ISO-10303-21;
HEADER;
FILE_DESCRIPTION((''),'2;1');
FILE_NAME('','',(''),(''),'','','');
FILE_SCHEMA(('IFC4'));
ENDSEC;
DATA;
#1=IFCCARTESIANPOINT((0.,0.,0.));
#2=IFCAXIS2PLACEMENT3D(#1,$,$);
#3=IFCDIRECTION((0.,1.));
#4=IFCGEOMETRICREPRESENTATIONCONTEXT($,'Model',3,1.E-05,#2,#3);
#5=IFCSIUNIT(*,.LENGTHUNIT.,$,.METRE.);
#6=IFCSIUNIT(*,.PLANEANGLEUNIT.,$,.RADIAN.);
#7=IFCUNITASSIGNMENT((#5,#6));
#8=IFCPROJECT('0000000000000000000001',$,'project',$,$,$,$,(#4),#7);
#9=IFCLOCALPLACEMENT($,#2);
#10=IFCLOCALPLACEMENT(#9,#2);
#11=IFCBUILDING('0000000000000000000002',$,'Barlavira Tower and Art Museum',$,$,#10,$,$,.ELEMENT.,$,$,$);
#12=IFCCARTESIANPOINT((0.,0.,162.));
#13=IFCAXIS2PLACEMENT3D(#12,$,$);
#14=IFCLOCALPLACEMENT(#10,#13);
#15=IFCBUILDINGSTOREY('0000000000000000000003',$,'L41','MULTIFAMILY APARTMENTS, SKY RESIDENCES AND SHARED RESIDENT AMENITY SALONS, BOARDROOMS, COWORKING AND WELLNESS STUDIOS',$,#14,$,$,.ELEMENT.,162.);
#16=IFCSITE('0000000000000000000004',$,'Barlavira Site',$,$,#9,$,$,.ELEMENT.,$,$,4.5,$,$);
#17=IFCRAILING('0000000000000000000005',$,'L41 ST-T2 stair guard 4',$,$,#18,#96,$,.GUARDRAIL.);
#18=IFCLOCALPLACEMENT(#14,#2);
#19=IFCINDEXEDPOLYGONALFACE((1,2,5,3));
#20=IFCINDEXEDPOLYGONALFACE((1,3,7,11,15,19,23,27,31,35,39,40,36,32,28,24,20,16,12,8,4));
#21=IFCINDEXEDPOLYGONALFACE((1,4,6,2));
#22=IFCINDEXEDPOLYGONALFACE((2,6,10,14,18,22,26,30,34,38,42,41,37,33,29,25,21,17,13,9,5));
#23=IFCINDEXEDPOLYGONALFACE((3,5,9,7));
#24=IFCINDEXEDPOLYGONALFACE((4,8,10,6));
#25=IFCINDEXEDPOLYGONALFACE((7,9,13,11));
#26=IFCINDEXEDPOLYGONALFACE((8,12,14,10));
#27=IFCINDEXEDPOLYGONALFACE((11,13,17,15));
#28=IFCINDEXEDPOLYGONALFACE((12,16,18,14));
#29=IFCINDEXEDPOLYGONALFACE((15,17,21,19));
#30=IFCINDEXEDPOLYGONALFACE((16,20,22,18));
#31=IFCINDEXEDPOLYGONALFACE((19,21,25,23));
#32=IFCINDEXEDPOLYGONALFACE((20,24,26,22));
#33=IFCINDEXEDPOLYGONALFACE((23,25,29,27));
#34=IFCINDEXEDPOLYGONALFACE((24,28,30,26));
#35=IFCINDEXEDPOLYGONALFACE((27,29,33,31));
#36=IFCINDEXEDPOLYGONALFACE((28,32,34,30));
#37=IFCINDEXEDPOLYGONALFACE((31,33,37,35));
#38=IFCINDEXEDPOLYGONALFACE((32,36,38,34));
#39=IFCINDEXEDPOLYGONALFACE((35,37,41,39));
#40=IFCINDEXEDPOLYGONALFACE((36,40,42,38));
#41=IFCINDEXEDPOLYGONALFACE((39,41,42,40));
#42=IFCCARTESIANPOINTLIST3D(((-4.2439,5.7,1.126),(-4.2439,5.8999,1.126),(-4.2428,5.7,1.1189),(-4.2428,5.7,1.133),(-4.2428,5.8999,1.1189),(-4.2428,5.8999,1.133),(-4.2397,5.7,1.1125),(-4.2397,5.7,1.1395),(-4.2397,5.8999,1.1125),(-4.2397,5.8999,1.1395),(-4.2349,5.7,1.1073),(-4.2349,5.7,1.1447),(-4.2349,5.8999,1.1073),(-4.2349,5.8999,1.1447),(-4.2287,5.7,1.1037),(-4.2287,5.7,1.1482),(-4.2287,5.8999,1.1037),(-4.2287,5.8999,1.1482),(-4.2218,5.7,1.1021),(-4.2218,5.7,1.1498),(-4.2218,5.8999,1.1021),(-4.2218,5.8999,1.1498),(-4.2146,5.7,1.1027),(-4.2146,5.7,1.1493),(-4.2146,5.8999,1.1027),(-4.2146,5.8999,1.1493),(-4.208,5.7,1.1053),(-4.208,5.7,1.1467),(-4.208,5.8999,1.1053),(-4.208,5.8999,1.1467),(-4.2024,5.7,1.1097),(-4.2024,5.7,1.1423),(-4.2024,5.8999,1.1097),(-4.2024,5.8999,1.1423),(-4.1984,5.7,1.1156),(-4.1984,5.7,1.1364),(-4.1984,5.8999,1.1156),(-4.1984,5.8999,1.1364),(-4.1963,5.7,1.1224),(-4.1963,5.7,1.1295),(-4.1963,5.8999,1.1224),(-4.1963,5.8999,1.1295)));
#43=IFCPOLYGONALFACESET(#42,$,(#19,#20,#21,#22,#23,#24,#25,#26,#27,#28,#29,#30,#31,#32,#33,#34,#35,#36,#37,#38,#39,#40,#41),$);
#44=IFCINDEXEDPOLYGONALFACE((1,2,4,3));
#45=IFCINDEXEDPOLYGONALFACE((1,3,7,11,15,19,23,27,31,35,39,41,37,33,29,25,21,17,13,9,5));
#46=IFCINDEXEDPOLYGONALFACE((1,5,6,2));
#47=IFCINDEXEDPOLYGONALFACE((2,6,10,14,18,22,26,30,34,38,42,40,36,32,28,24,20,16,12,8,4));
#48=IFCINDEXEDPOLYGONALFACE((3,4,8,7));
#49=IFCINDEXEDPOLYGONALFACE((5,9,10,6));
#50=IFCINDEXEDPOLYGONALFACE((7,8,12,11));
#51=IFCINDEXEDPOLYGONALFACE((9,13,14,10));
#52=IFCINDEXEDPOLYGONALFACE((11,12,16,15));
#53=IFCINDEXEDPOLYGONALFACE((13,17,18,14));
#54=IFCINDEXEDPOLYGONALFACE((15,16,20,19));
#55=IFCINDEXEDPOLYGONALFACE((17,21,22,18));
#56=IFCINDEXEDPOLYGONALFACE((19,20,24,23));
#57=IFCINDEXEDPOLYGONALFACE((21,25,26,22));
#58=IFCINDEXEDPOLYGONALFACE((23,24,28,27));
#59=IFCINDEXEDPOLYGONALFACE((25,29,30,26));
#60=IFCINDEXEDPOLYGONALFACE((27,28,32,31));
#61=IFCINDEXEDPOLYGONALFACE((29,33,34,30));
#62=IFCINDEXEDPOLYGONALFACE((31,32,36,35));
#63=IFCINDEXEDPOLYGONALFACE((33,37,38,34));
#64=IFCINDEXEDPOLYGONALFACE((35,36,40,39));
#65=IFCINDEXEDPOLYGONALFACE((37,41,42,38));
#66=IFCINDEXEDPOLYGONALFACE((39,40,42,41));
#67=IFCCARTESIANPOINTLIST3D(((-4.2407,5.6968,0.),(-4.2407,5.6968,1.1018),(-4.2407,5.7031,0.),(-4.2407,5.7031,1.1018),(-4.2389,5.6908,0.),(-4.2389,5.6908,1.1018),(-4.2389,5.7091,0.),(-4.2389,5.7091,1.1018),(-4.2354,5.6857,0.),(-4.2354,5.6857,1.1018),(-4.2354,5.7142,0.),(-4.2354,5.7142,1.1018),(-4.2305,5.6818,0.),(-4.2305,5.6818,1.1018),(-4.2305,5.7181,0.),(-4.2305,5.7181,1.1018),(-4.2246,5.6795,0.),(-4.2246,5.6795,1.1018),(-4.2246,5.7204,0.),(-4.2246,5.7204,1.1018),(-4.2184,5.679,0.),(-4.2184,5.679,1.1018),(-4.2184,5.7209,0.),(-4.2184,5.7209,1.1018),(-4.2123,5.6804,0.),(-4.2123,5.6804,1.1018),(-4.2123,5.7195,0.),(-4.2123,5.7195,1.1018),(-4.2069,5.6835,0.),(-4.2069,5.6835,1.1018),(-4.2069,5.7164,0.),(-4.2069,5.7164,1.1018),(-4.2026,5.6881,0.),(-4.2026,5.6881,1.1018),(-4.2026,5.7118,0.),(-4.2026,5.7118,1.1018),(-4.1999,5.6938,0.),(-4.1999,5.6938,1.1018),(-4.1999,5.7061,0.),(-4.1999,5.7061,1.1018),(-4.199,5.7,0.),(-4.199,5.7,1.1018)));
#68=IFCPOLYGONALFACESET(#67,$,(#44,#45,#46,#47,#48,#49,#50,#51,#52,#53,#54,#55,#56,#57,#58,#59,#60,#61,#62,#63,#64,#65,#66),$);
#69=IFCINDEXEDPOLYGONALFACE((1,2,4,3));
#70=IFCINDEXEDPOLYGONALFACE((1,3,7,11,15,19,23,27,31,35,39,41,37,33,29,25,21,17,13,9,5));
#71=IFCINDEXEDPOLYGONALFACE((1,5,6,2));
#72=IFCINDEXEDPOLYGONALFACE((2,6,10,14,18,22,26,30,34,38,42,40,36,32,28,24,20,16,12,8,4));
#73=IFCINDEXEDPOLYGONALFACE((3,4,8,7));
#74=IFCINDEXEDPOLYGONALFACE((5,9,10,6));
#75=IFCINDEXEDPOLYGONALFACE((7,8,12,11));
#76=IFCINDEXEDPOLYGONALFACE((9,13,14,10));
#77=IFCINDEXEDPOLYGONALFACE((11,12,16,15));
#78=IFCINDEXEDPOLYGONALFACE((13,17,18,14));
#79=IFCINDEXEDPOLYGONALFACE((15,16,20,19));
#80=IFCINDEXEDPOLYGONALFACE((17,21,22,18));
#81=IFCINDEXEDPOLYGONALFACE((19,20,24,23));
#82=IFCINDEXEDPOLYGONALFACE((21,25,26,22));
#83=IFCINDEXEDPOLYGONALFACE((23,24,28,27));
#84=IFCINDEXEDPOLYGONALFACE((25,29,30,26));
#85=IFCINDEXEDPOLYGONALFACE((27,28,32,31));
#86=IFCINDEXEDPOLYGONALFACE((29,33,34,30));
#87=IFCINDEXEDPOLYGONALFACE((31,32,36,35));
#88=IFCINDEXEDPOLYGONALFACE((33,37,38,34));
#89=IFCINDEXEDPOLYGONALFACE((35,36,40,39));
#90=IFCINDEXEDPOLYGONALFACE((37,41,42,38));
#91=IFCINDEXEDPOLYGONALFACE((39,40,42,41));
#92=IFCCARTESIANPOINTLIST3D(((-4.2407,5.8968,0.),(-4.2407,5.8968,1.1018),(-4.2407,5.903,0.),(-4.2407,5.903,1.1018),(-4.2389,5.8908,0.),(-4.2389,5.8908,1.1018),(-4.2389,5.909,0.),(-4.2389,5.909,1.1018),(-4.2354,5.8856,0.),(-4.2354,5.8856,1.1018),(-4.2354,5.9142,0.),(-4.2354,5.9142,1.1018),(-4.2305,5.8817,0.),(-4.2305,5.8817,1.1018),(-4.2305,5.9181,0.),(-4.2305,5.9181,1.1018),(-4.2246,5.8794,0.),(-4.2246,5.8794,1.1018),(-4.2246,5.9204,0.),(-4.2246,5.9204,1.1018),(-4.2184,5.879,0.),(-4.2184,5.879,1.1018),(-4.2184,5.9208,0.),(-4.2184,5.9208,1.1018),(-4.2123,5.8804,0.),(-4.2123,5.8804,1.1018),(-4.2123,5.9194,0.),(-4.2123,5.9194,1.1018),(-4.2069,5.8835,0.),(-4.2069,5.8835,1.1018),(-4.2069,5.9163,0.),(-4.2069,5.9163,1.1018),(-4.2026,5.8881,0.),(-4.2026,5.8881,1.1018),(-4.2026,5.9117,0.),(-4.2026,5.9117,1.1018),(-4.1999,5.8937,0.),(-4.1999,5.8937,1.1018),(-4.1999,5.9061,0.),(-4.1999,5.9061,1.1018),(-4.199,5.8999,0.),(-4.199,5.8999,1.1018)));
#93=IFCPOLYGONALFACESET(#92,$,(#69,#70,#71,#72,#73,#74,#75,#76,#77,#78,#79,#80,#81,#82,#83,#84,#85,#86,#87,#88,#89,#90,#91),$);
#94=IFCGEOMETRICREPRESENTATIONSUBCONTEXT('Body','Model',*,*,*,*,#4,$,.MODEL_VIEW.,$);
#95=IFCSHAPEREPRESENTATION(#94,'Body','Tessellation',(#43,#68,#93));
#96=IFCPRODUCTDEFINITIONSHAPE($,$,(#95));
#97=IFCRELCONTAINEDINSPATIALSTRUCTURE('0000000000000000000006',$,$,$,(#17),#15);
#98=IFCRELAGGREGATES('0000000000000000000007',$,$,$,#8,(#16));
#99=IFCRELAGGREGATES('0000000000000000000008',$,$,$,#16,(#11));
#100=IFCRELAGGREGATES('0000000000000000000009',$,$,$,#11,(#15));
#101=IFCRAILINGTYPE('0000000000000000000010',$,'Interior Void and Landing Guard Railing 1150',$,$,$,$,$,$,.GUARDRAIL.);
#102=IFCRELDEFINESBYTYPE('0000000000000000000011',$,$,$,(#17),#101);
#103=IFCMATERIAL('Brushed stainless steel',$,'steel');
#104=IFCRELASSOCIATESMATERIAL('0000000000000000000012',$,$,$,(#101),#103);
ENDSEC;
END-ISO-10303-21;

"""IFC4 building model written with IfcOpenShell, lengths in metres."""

from ifc_helpers import new_model, si_unit, direction, frame, origin, origin_2d, place, context, subcontext, project, spatial, circle, extrude, material, type_object, element, save


model = new_model("IFC4")

# Units and contexts
model_context = context("Model", 3, precision=1e-05, world=origin(), true_north=direction((0.0, 1.0)))
body_context = subcontext(model_context, "Body", "Model", "MODEL_VIEW")
ifc_project = project(units=[si_unit("LENGTHUNIT", "METRE"), si_unit("PLANEANGLEUNIT", "RADIAN")], contexts=[model_context])

# Site, building, storey
site_placement = place(None, origin())
site = spatial("IfcSite", under=ifc_project, at=site_placement, Name="Barlavira Site", CompositionType="ELEMENT", RefElevation=4.5)
building_placement = place(site_placement, origin())
building = spatial("IfcBuilding", under=site, at=building_placement, Name="Barlavira Tower and Art Museum", CompositionType="ELEMENT")
storey_placement = place(building_placement, frame((0.0, 0.0, 162.0)))
storey = spatial("IfcBuildingStorey", under=building, at=storey_placement, Name="L41", Description="MULTIFAMILY APARTMENTS, SKY RESIDENCES AND SHARED RESIDENT AMENITY SALONS, BOARDROOMS, COWORKING AND WELLNESS STUDIOS", CompositionType="ELEMENT", Elevation=162.0)

# Shared definitions
ifc_material_1 = material(Name="Brushed stainless steel", Category="steel")

# Railing
railing_type_1 = type_object("IfcRailingType", Name="Interior Void and Landing Guard Railing 1150", PredefinedType="GUARDRAIL", material=ifc_material_1)
railing_1_placement = place(storey_placement, frame((-4.22, 5.7, 0.0)))
element("IfcRailing", 1, at=railing_1_placement, inside=storey, type_object=railing_type_1, Name="L41 ST-T2 stair guard 4", PredefinedType="GUARDRAIL", context=body_context, shape_type="SweptSolid", body=[
    extrude(circle(Radius=0.0239, at=origin_2d()), frame((0.0, 0.0, 1.126), z_axis=(0.0, 1.0, 0.0), x_axis=(-1.0, 0.0, 0.0)), (0.0, 0.0, 1.0), 0.2),
    extrude(circle(Radius=0.021, at=origin_2d()), origin(), (0.0, 0.0, 1.0), 1.1018),
    extrude(circle(Radius=0.021, at=origin_2d()), frame((0.0, 0.2, 0.0)), (0.0, 0.0, 1.0), 1.1018),
])

save(model, "model.ifc")
